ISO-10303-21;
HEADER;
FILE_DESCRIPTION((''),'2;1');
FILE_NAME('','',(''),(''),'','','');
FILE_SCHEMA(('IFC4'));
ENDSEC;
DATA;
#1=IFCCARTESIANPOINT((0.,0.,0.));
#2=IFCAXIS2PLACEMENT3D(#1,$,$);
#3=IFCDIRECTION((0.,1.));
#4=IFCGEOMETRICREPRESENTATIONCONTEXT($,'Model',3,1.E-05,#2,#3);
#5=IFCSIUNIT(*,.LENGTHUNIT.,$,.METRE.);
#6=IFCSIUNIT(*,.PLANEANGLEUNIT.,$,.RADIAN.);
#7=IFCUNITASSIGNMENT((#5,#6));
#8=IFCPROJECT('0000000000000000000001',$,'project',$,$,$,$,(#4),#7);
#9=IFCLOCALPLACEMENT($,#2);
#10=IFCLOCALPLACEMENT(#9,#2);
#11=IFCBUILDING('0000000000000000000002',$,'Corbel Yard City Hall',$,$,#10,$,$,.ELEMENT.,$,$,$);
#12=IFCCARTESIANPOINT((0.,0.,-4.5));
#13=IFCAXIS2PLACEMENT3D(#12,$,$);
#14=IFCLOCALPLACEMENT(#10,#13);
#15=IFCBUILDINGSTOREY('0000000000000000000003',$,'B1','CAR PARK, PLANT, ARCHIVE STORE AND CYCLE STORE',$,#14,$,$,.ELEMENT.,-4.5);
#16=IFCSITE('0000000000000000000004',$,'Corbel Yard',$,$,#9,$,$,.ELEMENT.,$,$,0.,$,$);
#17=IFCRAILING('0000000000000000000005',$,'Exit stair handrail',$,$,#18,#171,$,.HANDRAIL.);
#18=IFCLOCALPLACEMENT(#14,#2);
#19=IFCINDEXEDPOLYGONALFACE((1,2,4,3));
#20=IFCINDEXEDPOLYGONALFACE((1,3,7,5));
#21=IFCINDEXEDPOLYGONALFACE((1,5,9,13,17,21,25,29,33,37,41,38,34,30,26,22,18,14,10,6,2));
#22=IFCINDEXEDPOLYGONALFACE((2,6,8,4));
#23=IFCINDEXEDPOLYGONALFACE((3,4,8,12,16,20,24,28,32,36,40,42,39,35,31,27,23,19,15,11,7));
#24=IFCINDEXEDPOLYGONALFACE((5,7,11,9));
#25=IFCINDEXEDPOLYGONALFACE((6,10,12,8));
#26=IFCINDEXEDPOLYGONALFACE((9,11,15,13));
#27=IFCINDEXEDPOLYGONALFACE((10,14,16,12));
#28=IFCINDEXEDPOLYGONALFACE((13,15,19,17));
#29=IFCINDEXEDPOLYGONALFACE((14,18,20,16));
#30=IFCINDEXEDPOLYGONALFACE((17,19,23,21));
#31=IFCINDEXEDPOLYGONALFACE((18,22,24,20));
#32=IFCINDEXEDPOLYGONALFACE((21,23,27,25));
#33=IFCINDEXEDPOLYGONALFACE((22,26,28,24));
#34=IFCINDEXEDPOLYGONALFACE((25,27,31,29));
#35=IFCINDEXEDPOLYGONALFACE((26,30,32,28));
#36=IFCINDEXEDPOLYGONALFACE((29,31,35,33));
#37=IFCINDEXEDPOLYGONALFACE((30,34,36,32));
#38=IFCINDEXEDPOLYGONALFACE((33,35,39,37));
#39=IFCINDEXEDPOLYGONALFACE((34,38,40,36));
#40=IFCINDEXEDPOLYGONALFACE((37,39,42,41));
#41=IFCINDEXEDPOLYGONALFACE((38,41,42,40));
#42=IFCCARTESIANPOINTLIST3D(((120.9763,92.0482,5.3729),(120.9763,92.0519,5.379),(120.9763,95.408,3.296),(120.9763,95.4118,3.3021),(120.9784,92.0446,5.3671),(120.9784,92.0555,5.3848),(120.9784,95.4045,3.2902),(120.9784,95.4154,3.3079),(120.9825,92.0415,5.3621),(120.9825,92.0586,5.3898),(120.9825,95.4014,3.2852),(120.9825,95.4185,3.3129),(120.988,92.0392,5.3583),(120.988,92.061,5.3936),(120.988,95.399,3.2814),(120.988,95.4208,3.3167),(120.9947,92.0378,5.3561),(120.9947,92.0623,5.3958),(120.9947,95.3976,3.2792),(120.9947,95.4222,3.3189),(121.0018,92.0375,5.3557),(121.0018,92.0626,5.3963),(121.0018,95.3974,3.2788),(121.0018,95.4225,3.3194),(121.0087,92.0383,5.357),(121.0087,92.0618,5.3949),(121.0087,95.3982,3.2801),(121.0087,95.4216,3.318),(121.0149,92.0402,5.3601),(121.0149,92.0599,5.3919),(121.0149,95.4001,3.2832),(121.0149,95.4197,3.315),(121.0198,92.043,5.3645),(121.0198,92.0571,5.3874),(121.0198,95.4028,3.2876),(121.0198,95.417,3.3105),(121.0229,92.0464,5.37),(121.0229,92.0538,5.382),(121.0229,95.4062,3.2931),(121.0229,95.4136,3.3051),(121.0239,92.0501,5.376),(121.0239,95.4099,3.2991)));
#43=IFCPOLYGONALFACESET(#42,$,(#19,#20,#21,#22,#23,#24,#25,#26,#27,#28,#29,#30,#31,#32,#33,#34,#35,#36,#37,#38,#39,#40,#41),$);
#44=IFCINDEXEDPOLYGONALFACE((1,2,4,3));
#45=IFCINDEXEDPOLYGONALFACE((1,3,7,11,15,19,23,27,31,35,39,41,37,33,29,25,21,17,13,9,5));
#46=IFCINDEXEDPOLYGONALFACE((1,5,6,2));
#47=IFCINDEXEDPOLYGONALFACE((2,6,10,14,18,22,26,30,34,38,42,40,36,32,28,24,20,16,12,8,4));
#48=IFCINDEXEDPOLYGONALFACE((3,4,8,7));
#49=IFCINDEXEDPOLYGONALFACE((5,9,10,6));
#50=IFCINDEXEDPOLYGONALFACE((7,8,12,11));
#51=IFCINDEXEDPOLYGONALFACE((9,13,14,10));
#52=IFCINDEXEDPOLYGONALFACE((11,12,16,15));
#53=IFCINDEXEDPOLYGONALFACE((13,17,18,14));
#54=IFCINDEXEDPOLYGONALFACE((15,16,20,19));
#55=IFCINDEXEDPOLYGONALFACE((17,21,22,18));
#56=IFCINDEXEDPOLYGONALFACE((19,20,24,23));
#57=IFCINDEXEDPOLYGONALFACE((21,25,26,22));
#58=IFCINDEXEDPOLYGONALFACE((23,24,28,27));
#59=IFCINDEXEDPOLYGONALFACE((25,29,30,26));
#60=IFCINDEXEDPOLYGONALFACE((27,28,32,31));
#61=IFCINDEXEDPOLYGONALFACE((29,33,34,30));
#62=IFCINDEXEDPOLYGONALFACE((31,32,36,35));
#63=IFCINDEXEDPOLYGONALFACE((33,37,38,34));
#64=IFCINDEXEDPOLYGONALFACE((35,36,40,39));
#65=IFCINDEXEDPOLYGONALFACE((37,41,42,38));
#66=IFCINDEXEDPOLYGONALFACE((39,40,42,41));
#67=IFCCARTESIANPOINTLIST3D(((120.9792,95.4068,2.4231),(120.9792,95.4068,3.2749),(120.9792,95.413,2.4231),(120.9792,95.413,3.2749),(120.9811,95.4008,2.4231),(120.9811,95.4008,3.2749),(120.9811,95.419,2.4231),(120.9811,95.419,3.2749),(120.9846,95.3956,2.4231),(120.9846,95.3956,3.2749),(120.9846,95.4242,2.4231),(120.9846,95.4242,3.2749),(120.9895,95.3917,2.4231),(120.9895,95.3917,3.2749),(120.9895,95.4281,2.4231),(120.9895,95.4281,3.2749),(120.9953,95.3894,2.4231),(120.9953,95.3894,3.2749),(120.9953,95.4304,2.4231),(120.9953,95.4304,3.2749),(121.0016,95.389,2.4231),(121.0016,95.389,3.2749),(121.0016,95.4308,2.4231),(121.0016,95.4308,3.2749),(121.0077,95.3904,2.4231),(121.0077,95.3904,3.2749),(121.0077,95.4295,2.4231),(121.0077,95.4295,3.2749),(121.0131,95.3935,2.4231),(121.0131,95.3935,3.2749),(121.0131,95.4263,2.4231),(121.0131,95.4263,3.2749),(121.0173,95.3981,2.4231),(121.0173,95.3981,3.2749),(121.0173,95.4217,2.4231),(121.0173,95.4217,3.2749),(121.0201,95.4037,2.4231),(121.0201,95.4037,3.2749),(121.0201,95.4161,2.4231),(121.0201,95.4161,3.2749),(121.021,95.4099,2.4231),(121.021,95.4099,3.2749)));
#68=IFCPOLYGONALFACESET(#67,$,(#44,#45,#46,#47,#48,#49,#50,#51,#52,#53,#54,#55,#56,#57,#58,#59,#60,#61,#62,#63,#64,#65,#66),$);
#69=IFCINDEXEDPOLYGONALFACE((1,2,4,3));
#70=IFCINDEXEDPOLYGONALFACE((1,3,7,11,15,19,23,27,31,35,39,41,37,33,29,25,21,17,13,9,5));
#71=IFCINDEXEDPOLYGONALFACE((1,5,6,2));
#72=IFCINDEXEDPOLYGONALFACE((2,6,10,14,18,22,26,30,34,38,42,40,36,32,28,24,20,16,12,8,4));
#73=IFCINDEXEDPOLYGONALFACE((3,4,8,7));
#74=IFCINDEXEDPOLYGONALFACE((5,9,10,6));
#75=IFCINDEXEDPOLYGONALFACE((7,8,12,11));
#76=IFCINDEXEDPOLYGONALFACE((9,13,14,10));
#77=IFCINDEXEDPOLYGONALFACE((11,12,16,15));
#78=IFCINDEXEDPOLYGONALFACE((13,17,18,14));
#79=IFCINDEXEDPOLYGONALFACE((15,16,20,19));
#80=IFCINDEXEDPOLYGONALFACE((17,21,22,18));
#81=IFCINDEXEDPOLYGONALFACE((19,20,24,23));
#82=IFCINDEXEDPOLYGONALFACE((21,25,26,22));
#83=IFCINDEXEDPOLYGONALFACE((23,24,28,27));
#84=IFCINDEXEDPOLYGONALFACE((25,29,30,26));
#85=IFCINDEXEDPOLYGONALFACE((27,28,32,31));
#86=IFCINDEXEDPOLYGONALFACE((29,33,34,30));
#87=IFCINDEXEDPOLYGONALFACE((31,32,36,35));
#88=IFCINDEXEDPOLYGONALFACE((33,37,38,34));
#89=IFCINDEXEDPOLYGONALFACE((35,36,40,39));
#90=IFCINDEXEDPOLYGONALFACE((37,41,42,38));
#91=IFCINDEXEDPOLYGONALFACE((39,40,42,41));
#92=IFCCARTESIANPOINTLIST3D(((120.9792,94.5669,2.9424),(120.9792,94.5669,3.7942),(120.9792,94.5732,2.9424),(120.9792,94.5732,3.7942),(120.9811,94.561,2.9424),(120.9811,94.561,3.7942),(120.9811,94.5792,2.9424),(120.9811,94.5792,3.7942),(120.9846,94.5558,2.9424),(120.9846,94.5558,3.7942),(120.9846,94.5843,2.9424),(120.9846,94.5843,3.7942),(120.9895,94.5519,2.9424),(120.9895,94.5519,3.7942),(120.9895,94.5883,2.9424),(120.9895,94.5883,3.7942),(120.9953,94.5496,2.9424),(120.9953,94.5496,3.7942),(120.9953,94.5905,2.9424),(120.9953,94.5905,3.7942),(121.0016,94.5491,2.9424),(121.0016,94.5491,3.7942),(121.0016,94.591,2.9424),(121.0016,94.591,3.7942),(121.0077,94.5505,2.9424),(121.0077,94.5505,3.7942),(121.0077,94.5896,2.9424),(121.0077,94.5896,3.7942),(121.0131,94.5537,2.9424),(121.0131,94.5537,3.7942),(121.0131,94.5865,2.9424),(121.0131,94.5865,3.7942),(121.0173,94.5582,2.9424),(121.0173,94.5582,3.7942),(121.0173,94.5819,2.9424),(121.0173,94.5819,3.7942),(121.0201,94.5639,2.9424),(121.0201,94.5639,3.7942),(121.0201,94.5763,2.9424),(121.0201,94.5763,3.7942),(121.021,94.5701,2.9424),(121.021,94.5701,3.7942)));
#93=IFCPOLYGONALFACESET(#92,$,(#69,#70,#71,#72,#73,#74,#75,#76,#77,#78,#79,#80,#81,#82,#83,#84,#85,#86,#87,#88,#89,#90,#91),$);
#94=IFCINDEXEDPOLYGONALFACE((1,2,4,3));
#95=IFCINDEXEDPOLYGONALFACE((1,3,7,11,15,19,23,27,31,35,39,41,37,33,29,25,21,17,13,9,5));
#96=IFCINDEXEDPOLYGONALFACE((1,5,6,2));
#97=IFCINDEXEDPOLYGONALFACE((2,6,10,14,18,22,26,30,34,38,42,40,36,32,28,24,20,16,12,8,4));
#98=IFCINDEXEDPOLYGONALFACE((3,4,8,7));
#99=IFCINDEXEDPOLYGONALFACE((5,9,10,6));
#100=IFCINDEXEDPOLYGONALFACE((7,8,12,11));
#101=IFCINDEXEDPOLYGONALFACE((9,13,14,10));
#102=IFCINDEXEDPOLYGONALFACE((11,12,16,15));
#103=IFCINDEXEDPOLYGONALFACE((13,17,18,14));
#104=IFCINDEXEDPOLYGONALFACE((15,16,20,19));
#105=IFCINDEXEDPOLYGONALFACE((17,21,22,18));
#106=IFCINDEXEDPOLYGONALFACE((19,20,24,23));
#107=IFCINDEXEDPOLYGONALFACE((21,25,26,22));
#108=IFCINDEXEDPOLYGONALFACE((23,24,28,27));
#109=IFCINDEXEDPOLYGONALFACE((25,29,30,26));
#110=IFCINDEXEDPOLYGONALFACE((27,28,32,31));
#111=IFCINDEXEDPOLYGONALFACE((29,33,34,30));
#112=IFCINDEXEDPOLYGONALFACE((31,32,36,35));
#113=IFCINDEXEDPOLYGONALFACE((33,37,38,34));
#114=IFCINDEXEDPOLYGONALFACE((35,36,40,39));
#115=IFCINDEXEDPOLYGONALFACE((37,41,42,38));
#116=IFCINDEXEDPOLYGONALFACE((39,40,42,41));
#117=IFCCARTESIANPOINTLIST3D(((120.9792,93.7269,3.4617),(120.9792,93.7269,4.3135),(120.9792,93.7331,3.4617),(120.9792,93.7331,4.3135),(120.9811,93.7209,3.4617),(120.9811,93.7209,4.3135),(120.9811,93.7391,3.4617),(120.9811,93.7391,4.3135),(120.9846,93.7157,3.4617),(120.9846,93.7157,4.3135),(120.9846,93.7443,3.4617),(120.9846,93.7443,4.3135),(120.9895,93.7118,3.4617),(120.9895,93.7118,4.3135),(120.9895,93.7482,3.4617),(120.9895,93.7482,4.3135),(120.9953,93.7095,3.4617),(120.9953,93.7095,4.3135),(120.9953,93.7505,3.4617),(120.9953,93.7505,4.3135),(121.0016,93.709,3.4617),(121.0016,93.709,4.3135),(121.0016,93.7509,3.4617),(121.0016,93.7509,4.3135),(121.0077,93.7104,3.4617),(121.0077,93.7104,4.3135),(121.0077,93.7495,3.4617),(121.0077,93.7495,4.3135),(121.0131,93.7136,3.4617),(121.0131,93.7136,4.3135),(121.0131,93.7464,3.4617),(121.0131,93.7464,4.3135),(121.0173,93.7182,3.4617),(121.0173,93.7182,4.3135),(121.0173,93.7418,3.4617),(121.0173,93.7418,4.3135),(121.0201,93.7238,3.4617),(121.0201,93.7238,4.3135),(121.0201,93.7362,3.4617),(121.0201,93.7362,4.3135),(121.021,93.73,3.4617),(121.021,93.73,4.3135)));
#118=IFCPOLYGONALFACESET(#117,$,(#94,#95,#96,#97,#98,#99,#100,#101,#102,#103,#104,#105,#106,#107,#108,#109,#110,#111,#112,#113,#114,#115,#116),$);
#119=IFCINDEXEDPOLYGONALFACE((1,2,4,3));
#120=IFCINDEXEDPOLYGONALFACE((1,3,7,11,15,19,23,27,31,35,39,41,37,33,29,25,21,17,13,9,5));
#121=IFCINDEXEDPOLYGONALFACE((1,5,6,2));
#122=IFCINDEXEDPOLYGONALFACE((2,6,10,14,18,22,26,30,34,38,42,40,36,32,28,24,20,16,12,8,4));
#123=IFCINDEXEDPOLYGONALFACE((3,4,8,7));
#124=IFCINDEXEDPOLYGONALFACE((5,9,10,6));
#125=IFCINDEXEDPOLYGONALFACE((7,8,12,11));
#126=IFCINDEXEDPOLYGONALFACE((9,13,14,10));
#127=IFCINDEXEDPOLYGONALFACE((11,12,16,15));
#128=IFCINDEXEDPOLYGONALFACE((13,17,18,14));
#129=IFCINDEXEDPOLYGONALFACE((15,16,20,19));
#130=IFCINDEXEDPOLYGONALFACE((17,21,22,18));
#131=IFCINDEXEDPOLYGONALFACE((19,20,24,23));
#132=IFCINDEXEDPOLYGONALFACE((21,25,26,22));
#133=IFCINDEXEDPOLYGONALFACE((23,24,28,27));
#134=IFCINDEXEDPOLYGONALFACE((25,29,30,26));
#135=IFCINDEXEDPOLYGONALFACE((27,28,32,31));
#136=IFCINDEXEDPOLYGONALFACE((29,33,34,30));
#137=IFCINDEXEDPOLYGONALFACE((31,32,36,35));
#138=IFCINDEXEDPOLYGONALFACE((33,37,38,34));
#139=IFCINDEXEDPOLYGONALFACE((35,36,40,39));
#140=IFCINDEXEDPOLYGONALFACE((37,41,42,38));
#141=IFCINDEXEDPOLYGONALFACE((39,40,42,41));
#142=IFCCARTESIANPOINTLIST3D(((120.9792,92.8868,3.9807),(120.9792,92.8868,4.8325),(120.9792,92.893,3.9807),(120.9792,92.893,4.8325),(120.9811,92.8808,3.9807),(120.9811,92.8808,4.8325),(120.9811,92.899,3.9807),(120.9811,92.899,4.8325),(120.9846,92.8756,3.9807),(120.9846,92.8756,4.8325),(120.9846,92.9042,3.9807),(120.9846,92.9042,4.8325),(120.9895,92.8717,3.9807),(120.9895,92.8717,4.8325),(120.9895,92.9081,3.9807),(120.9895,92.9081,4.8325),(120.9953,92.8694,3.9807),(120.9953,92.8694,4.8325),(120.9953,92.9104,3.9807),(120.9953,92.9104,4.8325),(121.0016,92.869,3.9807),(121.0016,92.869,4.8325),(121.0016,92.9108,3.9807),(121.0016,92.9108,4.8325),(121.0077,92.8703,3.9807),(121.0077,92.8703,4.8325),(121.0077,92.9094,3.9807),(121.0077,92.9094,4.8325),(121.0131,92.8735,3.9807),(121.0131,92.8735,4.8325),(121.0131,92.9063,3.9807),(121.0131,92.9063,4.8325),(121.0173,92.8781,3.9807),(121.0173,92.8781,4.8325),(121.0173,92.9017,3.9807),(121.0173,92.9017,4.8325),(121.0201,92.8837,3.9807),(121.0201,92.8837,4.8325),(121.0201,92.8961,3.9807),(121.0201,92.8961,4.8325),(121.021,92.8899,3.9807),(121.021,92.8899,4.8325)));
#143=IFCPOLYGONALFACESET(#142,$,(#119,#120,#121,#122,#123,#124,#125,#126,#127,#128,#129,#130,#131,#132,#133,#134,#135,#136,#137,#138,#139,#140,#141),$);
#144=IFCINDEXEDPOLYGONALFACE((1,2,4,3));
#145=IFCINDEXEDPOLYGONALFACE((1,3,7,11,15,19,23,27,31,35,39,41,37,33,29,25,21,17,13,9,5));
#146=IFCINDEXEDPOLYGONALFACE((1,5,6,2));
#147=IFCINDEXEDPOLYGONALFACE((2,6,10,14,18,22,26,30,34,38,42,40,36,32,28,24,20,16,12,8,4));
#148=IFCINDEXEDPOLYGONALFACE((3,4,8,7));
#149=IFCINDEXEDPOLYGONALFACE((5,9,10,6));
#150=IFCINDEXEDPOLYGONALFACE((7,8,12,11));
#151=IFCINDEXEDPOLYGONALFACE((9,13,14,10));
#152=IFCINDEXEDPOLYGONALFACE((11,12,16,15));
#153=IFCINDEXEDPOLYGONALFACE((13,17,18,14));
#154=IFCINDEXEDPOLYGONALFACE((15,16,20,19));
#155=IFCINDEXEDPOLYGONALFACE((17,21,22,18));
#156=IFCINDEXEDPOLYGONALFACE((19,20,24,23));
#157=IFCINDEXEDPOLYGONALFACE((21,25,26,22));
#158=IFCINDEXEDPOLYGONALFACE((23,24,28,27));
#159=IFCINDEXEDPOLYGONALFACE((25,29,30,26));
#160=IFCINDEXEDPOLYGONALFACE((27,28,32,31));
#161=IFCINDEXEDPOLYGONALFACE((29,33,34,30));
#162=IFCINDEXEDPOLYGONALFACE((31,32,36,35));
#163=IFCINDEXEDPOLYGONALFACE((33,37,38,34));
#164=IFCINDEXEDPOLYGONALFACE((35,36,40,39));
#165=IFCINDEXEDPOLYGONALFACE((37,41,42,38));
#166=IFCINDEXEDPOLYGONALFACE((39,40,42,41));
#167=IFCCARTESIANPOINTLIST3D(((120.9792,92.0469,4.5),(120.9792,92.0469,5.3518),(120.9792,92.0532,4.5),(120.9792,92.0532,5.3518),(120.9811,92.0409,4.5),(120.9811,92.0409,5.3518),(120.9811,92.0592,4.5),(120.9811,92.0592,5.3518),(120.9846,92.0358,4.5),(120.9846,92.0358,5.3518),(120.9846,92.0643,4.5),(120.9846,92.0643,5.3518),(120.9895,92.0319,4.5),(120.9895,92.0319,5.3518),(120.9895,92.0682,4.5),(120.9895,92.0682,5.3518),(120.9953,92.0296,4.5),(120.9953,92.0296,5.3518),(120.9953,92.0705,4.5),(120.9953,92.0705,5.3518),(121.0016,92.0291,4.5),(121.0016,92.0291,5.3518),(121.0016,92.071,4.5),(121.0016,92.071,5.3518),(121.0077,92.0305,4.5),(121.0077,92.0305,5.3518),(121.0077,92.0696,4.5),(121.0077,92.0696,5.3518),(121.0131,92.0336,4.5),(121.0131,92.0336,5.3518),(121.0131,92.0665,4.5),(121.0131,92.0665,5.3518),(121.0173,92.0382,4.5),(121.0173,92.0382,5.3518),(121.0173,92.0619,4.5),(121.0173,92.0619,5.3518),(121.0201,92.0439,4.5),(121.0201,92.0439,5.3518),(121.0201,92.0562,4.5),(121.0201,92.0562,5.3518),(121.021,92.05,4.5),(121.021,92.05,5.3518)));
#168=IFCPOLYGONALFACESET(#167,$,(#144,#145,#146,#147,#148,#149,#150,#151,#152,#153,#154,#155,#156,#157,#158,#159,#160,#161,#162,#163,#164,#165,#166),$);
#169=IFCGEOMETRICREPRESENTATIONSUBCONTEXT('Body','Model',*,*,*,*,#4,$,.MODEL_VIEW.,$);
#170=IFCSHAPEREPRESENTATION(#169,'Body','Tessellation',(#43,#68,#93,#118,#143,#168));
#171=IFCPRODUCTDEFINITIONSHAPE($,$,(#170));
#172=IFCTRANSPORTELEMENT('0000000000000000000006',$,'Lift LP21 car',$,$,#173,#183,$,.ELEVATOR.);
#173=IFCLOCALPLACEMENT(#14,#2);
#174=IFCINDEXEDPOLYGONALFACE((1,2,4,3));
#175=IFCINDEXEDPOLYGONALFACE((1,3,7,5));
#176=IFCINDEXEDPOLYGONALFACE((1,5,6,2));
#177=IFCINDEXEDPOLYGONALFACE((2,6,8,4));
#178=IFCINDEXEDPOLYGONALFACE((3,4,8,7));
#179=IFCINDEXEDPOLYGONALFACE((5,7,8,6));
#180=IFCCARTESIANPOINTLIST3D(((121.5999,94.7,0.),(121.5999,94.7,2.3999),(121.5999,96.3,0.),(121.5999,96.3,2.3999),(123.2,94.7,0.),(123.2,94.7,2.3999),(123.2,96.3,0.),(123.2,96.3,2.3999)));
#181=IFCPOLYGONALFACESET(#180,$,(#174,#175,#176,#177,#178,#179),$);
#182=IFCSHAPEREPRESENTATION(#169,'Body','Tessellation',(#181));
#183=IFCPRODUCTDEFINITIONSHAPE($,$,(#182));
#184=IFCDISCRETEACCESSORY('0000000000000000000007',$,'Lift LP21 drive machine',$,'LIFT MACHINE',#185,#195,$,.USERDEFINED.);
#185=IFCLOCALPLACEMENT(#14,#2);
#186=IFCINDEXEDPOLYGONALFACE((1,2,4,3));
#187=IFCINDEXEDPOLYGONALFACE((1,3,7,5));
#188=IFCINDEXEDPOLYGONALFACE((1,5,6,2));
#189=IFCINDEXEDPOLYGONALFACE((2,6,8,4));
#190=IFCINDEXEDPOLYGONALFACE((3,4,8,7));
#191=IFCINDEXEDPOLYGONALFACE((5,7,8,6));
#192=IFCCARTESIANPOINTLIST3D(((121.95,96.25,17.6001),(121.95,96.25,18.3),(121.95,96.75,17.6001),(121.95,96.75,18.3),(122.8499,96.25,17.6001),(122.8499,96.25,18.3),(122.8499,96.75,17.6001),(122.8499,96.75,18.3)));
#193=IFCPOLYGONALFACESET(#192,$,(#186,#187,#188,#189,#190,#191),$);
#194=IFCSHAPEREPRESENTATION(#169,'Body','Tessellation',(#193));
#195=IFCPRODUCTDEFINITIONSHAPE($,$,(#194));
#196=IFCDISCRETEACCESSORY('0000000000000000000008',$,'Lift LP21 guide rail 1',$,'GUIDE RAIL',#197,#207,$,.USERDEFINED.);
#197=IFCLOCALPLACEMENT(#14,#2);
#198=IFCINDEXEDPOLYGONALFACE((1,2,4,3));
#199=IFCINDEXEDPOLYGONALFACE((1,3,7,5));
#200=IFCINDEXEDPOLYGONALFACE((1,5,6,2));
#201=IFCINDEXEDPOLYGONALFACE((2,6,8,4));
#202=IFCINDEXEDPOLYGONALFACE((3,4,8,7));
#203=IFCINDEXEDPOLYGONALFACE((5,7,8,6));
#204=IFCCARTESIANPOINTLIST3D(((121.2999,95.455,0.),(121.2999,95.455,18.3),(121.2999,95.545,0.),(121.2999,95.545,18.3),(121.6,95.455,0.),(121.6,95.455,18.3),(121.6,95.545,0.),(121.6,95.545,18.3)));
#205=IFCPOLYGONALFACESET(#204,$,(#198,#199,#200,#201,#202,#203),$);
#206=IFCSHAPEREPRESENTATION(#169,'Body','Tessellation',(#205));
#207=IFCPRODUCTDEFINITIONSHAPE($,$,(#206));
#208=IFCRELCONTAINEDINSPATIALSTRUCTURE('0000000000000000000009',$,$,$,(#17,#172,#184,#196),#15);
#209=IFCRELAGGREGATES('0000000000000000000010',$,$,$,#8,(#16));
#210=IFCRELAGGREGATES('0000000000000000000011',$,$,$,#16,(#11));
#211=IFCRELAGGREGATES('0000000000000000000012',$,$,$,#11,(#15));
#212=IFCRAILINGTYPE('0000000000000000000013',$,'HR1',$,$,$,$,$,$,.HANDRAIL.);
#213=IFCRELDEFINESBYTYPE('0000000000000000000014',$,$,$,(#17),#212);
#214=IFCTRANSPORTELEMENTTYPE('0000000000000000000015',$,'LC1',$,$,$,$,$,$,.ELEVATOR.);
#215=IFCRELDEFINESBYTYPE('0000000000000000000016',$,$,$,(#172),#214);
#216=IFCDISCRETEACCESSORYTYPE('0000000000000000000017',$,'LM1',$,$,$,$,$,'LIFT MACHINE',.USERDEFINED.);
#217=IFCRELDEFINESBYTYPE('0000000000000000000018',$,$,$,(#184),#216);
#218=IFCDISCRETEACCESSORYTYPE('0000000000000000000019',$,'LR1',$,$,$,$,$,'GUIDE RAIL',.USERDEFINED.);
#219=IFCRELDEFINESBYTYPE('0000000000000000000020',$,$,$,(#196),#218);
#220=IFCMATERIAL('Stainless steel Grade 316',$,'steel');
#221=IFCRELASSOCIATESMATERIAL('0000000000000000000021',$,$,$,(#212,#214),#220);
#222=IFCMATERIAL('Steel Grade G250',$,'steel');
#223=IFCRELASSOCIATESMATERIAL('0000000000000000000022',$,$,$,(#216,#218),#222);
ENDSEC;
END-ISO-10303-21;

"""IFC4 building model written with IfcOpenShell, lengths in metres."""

from ifc_helpers import new_model, si_unit, direction, frame, origin, origin_2d, place, context, subcontext, project, spatial, rectangle, circle, extrude, material, type_object, element, save


model = new_model("IFC4")

# Units and contexts
model_context = context("Model", 3, precision=1e-05, world=origin(), true_north=direction((0.0, 1.0)))
body_context = subcontext(model_context, "Body", "Model", "MODEL_VIEW")
ifc_project = project(units=[si_unit("LENGTHUNIT", "METRE"), si_unit("PLANEANGLEUNIT", "RADIAN")], contexts=[model_context])

# Site, building, storey
site_placement = place(None, origin())
site = spatial("IfcSite", under=ifc_project, at=site_placement, Name="Corbel Yard", CompositionType="ELEMENT", RefElevation=0.0)
building_placement = place(site_placement, origin())
building = spatial("IfcBuilding", under=site, at=building_placement, Name="Corbel Yard City Hall", CompositionType="ELEMENT")
storey_placement = place(building_placement, frame((0.0, 0.0, -4.5)))
storey = spatial("IfcBuildingStorey", under=building, at=storey_placement, Name="B1", Description="CAR PARK, PLANT, ARCHIVE STORE AND CYCLE STORE", CompositionType="ELEMENT", Elevation=-4.5)

# Shared definitions
ifc_material_1 = material(Name="Steel Grade G250", Category="steel")
ifc_material_2 = material(Name="Stainless steel Grade 316", Category="steel")

# Railing
railing_type = type_object("IfcRailingType", Name="HR1", PredefinedType="HANDRAIL", material=ifc_material_2)
for number, where, name in (
    (1, (121.0, 95.4099, 2.4231), "Exit stair handrail"),
):
    element("IfcRailing", number, at=place(storey_placement, frame(where)), inside=storey, type_object=railing_type, Name=name, PredefinedType="HANDRAIL", context=body_context, shape_type="SweptSolid", body=[
        extrude(circle(Radius=0.0239, at=origin_2d()), frame((0.0, 0.0, 0.876), z_axis=(0.0, -0.850606, 0.525803), x_axis=(1.0, 0.0, 0.0)), (0.0, 0.0, 1.0), 3.95),
        extrude(circle(Radius=0.021, at=origin_2d()), origin(), (0.0, 0.0, 1.0), 0.8518),
        extrude(circle(Radius=0.021, at=origin_2d()), frame((0.0, -0.8398, 0.5193)), (0.0, 0.0, 1.0), 0.8518),
        extrude(circle(Radius=0.021, at=origin_2d()), frame((0.0, -1.6799, 1.0386)), (0.0, 0.0, 1.0), 0.8518),
        extrude(circle(Radius=0.021, at=origin_2d()), frame((0.0, -2.52, 1.5576)), (0.0, 0.0, 1.0), 0.8518),
        extrude(circle(Radius=0.021, at=origin_2d()), frame((0.0, -3.3599, 2.0769)), (0.0, 0.0, 1.0), 0.8518),
    ])

# Transport element
transport_element_type = type_object("IfcTransportElementType", Name="LC1", PredefinedType="ELEVATOR", material=ifc_material_2)
transport_element_placement = place(storey_placement, frame((122.3999, 95.5, 0.0), z_axis=(0.0, 0.0, 1.0), x_axis=(1.0, 0.0, 0.0)))
element("IfcTransportElement", 2, at=transport_element_placement, inside=storey, type_object=transport_element_type, Name="Lift LP21 car", PredefinedType="ELEVATOR", context=body_context, shape_type="SweptSolid", body=[
    extrude(rectangle(XDim=1.6001, YDim=1.6001, at=origin_2d()), origin(), (0.0, 0.0, 1.0), 2.3999),
])

# Discrete accessories
discrete_accessory_type_1 = type_object("IfcDiscreteAccessoryType", Name="LM1", ElementType="LIFT MACHINE", PredefinedType="USERDEFINED", material=ifc_material_1)
discrete_accessory_placement = place(storey_placement, frame((122.3999, 96.5, 17.6001), z_axis=(0.0, 0.0, 1.0), x_axis=(1.0, 0.0, 0.0)))
element("IfcDiscreteAccessory", 3, at=discrete_accessory_placement, inside=storey, type_object=discrete_accessory_type_1, Name="Lift LP21 drive machine", ObjectType="LIFT MACHINE", PredefinedType="USERDEFINED", context=body_context, shape_type="SweptSolid", body=[
    extrude(rectangle(XDim=0.8999, YDim=0.5, at=origin_2d()), origin(), (0.0, 0.0, 1.0), 0.7),
])
discrete_accessory_type_2 = type_object("IfcDiscreteAccessoryType", Name="LR1", ElementType="GUIDE RAIL", PredefinedType="USERDEFINED", material=ifc_material_1)
for number, where, z_axis, x_axis, name in (
    (4, (121.45, 95.5, 0.0), (0.0, 0.0, 1.0), (1.0, 0.0, 0.0), "Lift LP21 guide rail 1"),
):
    element("IfcDiscreteAccessory", number, at=place(storey_placement, frame(where, z_axis=z_axis, x_axis=x_axis)), inside=storey, type_object=discrete_accessory_type_2, Name=name, ObjectType="GUIDE RAIL", PredefinedType="USERDEFINED", context=body_context, shape_type="SweptSolid", body=[
        extrude(rectangle(XDim=0.3, YDim=0.0901, at=origin_2d()), origin(), (0.0, 0.0, 1.0), 18.3),
    ])

save(model, "model.ifc")
